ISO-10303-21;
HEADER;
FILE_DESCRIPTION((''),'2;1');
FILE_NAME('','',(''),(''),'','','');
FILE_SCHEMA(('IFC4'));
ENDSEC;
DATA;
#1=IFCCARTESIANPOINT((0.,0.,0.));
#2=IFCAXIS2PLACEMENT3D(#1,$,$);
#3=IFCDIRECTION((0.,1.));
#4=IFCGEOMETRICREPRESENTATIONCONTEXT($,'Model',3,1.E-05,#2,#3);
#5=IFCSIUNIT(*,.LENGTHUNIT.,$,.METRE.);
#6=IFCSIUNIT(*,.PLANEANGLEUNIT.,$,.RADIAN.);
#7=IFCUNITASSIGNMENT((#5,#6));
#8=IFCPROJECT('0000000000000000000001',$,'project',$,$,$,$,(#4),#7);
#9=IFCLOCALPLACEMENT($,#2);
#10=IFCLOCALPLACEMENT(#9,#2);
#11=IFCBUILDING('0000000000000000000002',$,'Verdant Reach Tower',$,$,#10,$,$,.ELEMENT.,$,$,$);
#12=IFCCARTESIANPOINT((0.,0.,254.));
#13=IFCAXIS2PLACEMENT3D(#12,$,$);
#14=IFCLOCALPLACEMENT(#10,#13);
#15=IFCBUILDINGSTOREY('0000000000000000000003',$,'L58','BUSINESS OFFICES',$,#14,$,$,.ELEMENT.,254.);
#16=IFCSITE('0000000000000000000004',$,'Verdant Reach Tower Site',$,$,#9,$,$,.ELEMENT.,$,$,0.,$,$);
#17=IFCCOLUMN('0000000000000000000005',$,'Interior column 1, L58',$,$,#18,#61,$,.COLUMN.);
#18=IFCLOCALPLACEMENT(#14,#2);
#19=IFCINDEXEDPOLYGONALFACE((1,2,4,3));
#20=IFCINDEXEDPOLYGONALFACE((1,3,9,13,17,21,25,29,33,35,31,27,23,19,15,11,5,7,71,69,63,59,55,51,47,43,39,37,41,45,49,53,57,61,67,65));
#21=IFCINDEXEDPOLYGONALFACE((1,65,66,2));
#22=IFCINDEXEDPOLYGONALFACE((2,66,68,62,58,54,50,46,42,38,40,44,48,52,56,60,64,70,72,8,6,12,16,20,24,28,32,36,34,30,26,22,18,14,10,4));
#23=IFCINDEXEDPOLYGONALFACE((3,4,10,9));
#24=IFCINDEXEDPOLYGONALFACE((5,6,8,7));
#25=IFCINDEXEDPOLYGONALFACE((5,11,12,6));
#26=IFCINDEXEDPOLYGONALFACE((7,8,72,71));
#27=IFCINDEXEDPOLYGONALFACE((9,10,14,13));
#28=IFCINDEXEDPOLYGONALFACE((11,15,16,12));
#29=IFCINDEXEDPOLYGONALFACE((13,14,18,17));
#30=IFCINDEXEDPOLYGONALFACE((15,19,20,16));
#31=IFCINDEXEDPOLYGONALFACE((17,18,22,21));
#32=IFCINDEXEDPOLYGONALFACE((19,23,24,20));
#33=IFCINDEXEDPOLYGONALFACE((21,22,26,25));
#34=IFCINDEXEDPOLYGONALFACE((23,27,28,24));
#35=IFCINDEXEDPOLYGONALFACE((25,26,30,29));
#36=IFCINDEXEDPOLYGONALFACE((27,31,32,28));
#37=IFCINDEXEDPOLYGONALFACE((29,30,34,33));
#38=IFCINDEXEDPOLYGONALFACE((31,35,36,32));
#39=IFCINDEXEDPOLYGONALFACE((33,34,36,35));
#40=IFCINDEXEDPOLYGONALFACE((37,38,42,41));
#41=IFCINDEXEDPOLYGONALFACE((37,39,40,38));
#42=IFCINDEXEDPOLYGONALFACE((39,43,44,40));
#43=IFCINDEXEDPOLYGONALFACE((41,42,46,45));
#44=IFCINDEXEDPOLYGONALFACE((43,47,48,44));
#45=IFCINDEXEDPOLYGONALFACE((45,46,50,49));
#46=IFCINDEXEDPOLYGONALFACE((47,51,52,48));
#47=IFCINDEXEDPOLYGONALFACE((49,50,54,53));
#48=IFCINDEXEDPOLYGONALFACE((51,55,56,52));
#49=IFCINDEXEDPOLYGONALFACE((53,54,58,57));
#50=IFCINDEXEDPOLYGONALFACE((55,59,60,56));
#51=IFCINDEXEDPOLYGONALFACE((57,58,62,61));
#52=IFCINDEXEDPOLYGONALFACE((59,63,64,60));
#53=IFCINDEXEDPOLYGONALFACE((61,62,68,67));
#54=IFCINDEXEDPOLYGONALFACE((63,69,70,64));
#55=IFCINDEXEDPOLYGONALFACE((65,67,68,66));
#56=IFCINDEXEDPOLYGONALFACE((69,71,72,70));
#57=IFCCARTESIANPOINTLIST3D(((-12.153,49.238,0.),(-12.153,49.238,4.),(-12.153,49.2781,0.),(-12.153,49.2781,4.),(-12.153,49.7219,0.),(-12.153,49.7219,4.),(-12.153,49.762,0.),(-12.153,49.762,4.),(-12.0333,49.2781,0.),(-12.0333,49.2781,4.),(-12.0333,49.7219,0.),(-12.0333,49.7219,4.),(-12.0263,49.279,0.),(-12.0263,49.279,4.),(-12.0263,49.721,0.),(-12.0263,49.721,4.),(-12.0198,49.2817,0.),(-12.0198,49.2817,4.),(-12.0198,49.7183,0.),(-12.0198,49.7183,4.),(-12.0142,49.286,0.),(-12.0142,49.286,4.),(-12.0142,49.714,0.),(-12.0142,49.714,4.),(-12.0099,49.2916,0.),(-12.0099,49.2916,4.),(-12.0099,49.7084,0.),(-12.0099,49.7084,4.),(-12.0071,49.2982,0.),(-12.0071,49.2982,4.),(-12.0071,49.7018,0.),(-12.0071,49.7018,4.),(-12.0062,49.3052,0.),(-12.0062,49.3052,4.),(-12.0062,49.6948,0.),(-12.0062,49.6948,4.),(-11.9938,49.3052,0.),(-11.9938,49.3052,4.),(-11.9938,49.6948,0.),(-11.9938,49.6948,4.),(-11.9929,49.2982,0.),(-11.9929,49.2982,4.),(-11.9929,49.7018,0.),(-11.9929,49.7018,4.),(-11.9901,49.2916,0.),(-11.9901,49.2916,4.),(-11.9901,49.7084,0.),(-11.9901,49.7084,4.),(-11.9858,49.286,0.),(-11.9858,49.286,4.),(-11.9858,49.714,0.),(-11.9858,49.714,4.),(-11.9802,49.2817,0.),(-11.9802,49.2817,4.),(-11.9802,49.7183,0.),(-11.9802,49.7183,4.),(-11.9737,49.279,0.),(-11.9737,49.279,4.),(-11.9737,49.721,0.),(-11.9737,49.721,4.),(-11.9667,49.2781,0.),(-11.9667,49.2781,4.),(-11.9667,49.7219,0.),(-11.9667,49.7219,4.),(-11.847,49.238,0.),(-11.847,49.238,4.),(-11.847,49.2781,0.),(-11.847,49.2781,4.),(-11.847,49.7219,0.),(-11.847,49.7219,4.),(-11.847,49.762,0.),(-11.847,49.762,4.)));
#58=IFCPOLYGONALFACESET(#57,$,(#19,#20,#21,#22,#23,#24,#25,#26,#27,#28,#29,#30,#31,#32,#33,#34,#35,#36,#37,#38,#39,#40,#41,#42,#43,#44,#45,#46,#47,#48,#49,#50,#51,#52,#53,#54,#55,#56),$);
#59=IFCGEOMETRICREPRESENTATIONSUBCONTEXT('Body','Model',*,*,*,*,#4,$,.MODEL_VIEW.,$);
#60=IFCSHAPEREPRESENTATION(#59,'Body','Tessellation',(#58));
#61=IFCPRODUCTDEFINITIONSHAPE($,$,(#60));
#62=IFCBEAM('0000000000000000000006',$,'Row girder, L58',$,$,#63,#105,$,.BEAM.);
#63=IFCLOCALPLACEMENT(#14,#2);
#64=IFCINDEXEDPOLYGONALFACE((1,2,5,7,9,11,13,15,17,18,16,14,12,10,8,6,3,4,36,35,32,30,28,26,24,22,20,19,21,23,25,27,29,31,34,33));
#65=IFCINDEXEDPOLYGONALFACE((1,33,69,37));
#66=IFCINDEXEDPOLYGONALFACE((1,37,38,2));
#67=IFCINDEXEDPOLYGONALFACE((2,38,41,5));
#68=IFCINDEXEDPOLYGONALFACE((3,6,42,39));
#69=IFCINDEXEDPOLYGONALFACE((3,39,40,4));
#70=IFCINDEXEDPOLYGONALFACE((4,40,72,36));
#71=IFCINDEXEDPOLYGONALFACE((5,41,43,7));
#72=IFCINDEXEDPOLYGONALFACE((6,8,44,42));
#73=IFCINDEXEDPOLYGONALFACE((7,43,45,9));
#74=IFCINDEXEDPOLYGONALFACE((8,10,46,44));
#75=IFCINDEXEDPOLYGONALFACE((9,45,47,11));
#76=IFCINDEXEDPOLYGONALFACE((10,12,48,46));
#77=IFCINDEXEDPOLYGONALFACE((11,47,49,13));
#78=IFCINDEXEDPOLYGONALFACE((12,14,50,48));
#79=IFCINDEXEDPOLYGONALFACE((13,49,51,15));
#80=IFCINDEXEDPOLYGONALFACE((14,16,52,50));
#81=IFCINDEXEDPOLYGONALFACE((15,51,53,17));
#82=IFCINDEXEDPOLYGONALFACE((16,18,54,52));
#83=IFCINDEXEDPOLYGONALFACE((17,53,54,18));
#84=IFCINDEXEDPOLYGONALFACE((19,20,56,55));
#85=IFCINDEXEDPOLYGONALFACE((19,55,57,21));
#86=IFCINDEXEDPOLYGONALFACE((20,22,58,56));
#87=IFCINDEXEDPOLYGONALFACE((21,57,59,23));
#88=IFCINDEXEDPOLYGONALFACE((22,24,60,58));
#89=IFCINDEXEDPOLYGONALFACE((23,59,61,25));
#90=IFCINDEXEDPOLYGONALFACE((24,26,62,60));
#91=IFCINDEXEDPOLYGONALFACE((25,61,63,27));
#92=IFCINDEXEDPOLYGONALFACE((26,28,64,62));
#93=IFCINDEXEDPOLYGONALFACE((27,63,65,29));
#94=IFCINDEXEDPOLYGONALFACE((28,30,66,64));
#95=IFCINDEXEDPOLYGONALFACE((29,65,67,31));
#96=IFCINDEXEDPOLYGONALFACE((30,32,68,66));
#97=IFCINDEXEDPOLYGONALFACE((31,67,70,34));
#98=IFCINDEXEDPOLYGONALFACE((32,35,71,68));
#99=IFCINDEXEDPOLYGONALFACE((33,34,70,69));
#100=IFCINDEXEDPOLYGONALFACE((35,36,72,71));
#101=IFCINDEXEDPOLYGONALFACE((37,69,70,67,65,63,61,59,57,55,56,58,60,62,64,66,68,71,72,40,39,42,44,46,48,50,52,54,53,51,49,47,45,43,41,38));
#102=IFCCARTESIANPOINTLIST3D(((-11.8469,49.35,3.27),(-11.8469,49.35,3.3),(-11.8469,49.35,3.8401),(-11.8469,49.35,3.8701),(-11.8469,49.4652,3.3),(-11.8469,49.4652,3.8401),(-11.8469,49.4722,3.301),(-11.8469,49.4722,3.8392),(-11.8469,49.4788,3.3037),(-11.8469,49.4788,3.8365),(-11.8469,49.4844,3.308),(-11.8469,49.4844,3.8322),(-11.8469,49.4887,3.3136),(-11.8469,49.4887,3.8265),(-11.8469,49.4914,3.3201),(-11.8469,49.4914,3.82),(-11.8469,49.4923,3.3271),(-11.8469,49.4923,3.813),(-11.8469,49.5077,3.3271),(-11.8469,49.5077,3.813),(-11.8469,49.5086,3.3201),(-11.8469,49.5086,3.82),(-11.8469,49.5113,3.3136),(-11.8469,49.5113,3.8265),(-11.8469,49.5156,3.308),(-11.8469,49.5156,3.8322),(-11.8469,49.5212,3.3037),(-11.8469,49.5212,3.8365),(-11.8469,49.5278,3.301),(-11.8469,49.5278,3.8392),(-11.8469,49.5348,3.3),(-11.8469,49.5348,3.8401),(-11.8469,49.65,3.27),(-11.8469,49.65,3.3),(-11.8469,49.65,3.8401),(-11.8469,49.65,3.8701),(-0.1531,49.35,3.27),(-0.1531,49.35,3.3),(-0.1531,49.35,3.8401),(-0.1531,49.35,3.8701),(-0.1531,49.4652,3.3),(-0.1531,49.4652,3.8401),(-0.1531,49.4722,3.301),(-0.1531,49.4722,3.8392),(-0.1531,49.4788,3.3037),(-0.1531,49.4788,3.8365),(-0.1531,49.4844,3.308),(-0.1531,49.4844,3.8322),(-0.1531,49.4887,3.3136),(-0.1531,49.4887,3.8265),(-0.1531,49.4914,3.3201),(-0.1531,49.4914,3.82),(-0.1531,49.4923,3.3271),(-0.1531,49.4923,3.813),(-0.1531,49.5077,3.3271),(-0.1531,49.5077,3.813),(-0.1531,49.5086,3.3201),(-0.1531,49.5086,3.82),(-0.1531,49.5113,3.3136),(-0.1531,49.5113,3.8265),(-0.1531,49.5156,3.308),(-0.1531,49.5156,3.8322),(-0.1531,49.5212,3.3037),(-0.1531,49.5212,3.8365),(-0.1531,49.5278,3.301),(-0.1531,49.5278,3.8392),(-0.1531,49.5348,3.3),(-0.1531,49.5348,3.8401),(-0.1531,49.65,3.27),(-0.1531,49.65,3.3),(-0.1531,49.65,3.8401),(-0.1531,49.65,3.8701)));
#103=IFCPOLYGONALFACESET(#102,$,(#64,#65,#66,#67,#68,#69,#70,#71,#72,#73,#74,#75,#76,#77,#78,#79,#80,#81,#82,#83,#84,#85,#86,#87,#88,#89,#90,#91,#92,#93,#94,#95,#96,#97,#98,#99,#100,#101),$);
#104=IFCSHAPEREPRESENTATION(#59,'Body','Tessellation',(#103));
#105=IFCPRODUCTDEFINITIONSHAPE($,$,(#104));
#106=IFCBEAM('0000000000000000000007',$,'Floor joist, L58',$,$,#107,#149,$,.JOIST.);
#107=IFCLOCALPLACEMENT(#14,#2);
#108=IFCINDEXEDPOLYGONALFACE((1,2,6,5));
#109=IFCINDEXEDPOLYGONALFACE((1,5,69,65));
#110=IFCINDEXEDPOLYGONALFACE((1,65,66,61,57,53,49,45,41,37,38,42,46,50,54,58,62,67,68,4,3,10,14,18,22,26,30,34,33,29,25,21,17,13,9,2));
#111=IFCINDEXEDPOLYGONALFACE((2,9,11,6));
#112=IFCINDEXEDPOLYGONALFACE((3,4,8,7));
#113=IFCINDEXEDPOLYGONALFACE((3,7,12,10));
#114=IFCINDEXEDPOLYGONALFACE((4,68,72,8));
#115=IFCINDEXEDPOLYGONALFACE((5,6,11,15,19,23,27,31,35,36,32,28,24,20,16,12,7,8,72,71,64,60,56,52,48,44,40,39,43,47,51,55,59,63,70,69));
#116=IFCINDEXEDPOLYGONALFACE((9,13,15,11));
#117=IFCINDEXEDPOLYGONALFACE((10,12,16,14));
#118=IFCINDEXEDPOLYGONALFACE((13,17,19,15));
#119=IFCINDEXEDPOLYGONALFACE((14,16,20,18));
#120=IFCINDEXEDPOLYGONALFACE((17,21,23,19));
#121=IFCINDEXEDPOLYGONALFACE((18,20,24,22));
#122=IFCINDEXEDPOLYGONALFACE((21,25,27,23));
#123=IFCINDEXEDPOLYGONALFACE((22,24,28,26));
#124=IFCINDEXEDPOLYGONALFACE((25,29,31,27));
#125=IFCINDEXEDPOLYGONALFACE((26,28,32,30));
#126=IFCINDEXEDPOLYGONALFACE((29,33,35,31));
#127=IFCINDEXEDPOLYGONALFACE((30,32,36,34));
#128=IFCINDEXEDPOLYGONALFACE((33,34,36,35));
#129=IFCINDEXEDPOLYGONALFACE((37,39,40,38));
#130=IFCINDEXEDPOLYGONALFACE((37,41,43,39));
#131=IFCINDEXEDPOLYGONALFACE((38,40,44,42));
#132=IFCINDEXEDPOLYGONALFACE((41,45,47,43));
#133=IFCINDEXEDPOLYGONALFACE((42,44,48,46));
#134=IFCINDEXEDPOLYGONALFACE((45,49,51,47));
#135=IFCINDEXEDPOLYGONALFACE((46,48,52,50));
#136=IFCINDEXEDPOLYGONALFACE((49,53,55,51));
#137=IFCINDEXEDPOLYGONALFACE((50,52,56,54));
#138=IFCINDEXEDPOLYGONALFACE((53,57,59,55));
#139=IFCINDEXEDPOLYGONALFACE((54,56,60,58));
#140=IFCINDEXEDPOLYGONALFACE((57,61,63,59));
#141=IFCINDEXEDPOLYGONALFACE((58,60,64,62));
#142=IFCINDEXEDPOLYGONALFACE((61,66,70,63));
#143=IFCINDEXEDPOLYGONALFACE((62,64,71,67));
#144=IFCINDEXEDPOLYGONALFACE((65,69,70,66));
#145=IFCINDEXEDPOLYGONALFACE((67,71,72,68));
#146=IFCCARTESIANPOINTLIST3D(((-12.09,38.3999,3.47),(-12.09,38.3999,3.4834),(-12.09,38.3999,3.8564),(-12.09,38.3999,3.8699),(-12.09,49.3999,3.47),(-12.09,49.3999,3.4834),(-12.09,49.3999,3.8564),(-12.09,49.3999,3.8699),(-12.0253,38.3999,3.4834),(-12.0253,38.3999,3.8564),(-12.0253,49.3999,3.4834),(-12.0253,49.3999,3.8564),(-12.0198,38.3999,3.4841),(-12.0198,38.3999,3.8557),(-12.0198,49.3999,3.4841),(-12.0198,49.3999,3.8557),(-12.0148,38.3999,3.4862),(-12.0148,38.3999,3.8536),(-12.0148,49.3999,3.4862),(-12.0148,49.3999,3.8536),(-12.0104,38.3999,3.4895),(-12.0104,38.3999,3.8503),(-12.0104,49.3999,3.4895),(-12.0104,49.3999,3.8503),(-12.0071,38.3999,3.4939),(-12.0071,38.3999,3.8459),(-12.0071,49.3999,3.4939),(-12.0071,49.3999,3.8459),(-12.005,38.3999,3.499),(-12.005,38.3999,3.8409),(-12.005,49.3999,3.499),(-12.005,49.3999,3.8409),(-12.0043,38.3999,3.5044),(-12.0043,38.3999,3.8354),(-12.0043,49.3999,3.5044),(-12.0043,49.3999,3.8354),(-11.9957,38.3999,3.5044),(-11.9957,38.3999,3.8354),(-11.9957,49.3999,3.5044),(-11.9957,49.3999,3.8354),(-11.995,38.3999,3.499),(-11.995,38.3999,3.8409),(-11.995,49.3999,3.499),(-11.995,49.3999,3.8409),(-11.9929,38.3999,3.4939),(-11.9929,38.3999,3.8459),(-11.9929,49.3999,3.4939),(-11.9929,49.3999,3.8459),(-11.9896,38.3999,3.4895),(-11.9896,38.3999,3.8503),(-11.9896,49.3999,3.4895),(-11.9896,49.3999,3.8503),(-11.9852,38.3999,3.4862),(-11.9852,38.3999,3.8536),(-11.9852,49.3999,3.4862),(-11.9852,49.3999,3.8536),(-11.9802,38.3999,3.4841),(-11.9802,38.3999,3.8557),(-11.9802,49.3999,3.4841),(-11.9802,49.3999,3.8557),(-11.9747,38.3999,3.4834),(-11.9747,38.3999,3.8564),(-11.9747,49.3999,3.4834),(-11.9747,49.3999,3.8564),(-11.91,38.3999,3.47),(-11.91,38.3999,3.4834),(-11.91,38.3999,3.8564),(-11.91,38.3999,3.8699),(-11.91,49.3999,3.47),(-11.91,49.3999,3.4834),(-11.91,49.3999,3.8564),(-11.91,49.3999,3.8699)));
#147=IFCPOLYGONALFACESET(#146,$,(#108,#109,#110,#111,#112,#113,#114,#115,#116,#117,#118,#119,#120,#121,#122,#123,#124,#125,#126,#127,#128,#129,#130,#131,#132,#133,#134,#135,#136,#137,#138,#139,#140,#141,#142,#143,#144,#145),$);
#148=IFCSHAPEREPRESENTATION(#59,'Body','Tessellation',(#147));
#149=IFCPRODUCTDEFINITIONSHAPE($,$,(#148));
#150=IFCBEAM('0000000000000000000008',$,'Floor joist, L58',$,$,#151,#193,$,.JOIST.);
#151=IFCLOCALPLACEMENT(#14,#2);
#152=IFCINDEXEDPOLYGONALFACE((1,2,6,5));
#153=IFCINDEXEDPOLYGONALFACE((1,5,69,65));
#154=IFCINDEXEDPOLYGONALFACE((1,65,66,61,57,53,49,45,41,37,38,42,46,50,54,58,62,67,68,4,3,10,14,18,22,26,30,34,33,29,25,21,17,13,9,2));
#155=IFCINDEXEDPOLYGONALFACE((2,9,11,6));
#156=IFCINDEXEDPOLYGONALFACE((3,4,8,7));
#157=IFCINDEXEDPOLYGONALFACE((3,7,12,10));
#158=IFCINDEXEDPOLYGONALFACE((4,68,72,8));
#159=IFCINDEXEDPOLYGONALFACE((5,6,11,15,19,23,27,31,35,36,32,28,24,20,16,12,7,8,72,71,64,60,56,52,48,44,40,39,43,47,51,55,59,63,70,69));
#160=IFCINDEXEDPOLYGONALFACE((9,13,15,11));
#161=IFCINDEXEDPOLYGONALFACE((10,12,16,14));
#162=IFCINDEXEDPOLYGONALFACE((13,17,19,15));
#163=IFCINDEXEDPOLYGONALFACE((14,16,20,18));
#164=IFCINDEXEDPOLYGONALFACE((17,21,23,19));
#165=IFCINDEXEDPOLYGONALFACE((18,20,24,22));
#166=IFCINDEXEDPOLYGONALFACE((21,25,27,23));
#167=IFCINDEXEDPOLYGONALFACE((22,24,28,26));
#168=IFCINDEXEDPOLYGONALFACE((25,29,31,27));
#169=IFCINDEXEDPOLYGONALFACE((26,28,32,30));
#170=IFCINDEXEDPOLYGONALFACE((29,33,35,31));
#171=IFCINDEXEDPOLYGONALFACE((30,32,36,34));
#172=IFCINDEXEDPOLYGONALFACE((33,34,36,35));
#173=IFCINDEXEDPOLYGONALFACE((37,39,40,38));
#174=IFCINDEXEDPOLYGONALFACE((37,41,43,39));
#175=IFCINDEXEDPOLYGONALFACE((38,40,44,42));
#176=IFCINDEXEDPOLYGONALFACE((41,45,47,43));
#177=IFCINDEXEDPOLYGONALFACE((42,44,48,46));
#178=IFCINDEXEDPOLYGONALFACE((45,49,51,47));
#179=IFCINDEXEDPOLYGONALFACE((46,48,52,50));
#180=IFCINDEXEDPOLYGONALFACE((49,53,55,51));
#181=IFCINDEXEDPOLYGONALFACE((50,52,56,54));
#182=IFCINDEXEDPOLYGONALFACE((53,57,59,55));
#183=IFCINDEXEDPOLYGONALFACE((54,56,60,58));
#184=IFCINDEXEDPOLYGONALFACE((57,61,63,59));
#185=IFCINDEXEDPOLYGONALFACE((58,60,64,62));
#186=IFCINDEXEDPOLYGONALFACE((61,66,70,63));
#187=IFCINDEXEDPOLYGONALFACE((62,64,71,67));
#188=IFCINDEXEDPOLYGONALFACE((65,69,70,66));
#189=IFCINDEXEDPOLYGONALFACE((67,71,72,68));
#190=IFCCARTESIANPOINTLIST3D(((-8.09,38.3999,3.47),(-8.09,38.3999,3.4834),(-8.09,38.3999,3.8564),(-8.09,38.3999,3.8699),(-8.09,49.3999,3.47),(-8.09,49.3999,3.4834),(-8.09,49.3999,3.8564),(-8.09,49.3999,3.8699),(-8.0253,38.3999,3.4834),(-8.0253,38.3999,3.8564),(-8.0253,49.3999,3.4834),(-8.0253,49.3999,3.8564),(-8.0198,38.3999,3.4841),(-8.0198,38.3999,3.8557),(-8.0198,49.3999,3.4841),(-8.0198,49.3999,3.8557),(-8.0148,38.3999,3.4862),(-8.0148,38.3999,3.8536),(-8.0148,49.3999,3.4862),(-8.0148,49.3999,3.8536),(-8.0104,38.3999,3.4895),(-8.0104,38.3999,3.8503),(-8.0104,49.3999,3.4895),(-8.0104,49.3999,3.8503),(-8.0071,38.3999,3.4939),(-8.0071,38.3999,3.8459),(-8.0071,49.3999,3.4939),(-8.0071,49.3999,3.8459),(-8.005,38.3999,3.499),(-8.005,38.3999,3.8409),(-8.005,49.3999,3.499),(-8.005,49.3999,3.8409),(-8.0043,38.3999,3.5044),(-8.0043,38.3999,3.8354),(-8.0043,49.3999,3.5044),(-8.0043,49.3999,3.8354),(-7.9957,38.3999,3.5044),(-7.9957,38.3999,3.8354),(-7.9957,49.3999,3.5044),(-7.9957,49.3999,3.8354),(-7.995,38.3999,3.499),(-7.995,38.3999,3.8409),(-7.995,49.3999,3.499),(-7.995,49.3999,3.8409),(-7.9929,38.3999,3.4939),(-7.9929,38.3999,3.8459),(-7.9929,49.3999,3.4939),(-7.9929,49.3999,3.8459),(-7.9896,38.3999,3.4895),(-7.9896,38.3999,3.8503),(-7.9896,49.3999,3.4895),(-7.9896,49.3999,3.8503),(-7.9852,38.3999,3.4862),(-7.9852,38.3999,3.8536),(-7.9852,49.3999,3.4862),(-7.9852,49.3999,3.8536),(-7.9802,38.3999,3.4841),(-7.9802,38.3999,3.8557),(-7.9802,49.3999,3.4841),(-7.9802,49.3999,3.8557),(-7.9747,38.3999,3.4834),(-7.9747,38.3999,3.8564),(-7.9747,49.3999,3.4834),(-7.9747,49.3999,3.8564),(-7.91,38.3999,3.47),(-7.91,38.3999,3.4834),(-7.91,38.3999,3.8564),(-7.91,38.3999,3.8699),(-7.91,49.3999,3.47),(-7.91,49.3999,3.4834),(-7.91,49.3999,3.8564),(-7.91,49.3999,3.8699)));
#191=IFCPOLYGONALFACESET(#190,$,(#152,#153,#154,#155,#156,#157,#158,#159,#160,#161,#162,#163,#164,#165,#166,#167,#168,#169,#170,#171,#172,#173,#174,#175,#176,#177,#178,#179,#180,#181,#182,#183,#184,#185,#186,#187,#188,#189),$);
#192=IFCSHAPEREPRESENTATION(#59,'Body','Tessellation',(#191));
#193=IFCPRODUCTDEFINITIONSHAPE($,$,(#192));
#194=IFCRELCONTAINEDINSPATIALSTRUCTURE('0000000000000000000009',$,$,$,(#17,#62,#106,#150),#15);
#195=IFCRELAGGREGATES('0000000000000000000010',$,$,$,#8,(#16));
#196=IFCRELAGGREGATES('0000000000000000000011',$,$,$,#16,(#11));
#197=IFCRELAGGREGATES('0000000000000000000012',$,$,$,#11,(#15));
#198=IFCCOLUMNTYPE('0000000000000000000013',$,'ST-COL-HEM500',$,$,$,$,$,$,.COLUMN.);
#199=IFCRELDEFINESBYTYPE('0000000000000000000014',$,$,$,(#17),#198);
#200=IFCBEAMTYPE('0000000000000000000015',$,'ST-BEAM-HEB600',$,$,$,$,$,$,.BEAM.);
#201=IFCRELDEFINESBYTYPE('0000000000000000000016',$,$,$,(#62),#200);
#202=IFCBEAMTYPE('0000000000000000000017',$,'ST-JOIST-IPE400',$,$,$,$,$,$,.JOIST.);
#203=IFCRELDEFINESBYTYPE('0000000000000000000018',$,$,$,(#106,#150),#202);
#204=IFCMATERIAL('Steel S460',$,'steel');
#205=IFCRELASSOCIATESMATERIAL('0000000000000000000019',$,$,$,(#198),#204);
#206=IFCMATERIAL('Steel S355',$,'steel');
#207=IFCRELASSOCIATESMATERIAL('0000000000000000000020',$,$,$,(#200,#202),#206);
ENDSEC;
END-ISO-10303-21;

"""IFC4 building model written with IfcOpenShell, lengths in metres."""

from ifc_helpers import new_model, si_unit, direction, frame, origin, origin_2d, place, context, subcontext, project, spatial, i_section, extrude, material, material_profile, profile_set, type_object, element, save


model = new_model("IFC4")

# Units and contexts
model_context = context("Model", 3, precision=1e-05, world=origin(), true_north=direction((0.0, 1.0)))
body_context = subcontext(model_context, "Body", "Model", "MODEL_VIEW")
ifc_project = project(units=[si_unit("LENGTHUNIT", "METRE"), si_unit("PLANEANGLEUNIT", "RADIAN")], contexts=[model_context])

# Site, building, storey
site_placement = place(None, origin())
site = spatial("IfcSite", under=ifc_project, at=site_placement, Name="Verdant Reach Tower Site", CompositionType="ELEMENT", RefElevation=0.0)
building_placement = place(site_placement, origin())
building = spatial("IfcBuilding", under=site, at=building_placement, Name="Verdant Reach Tower", CompositionType="ELEMENT")
storey_placement = place(building_placement, frame((0.0, 0.0, 254.0)))
storey = spatial("IfcBuildingStorey", under=building, at=storey_placement, Name="L58", Description="BUSINESS OFFICES", CompositionType="ELEMENT", Elevation=254.0)

# Column
ifc_material_1 = material(Name="Steel S460", Category="steel")
ifc_material_profile_1 = material_profile(ifc_material_1, i_section(OverallWidth=0.3059, OverallDepth=0.5239, WebThickness=0.0125, FlangeThickness=0.04, FilletRadius=0.0271, at=origin_2d()), Name="HEM 500")
ifc_profile_set_1 = profile_set([ifc_material_profile_1], Name="Steel S460")
column_type = type_object("IfcColumnType", Name="ST-COL-HEM500", PredefinedType="COLUMN", material=ifc_profile_set_1)
column_placement = place(storey_placement, frame((-12.0, 49.5, 0.0), z_axis=(0.0, 0.0, 1.0), x_axis=(1.0, 0.0, 0.0)))
element("IfcColumn", 1, at=column_placement, inside=storey, type_object=column_type, Name="Interior column 1, L58", PredefinedType="COLUMN", context=body_context, shape_type="SweptSolid", body=[
    extrude(i_section(OverallWidth=0.3059, OverallDepth=0.5239, WebThickness=0.0125, FlangeThickness=0.04, FilletRadius=0.0271, at=origin_2d()), origin(), (0.0, 0.0, 1.0), 4.0),
])

# Beams
ifc_material_2 = material(Name="Steel S355", Category="steel")
ifc_material_profile_2 = material_profile(ifc_material_2, i_section(OverallWidth=0.3, OverallDepth=0.6001, WebThickness=0.0154, FlangeThickness=0.03, FilletRadius=0.0271, at=origin_2d()), Name="HEB 600")
ifc_profile_set_2 = profile_set([ifc_material_profile_2], Name="Steel S355")
beam_type_1 = type_object("IfcBeamType", Name="ST-BEAM-HEB600", PredefinedType="BEAM", material=ifc_profile_set_2)
beam_1_placement = place(storey_placement, frame((-11.8469, 49.5, 3.5701), z_axis=(1.0, 0.0, 0.0), x_axis=(0.0, 1.0, 0.0)))
element("IfcBeam", 2, at=beam_1_placement, inside=storey, type_object=beam_type_1, Name="Row girder, L58", PredefinedType="BEAM", context=body_context, shape_type="SweptSolid", body=[
    extrude(i_section(OverallWidth=0.3, OverallDepth=0.6001, WebThickness=0.0154, FlangeThickness=0.03, FilletRadius=0.0271, at=origin_2d()), origin(), (0.0, 0.0, 1.0), 11.6938),
])
ifc_material_profile_3 = material_profile(ifc_material_2, i_section(OverallWidth=0.1799, OverallDepth=0.3999, WebThickness=0.0085, FlangeThickness=0.0134, FilletRadius=0.021, at=origin_2d()), Name="IPE 400")
ifc_profile_set_3 = profile_set([ifc_material_profile_3], Name="Steel S355")
beam_type_2 = type_object("IfcBeamType", Name="ST-JOIST-IPE400", PredefinedType="JOIST", material=ifc_profile_set_3)
for number, where, z_axis, x_axis, name in (
    (3, (-12.0, 38.3999, 3.6699), (0.0, 1.0, 0.0), (-1.0, 0.0, 0.0), "Floor joist, L58"),
    (4, (-8.0, 38.3999, 3.6699), (0.0, 1.0, 0.0), (-1.0, 0.0, 0.0), "Floor joist, L58"),
):
    element("IfcBeam", number, at=place(storey_placement, frame(where, z_axis=z_axis, x_axis=x_axis)), inside=storey, type_object=beam_type_2, Name=name, PredefinedType="JOIST", context=body_context, shape_type="SweptSolid", body=[
        extrude(i_section(OverallWidth=0.1799, OverallDepth=0.3999, WebThickness=0.0085, FlangeThickness=0.0134, FilletRadius=0.021, at=origin_2d()), origin(), (0.0, 0.0, 1.0), 11.0),
    ])

save(model, "model.ifc")
